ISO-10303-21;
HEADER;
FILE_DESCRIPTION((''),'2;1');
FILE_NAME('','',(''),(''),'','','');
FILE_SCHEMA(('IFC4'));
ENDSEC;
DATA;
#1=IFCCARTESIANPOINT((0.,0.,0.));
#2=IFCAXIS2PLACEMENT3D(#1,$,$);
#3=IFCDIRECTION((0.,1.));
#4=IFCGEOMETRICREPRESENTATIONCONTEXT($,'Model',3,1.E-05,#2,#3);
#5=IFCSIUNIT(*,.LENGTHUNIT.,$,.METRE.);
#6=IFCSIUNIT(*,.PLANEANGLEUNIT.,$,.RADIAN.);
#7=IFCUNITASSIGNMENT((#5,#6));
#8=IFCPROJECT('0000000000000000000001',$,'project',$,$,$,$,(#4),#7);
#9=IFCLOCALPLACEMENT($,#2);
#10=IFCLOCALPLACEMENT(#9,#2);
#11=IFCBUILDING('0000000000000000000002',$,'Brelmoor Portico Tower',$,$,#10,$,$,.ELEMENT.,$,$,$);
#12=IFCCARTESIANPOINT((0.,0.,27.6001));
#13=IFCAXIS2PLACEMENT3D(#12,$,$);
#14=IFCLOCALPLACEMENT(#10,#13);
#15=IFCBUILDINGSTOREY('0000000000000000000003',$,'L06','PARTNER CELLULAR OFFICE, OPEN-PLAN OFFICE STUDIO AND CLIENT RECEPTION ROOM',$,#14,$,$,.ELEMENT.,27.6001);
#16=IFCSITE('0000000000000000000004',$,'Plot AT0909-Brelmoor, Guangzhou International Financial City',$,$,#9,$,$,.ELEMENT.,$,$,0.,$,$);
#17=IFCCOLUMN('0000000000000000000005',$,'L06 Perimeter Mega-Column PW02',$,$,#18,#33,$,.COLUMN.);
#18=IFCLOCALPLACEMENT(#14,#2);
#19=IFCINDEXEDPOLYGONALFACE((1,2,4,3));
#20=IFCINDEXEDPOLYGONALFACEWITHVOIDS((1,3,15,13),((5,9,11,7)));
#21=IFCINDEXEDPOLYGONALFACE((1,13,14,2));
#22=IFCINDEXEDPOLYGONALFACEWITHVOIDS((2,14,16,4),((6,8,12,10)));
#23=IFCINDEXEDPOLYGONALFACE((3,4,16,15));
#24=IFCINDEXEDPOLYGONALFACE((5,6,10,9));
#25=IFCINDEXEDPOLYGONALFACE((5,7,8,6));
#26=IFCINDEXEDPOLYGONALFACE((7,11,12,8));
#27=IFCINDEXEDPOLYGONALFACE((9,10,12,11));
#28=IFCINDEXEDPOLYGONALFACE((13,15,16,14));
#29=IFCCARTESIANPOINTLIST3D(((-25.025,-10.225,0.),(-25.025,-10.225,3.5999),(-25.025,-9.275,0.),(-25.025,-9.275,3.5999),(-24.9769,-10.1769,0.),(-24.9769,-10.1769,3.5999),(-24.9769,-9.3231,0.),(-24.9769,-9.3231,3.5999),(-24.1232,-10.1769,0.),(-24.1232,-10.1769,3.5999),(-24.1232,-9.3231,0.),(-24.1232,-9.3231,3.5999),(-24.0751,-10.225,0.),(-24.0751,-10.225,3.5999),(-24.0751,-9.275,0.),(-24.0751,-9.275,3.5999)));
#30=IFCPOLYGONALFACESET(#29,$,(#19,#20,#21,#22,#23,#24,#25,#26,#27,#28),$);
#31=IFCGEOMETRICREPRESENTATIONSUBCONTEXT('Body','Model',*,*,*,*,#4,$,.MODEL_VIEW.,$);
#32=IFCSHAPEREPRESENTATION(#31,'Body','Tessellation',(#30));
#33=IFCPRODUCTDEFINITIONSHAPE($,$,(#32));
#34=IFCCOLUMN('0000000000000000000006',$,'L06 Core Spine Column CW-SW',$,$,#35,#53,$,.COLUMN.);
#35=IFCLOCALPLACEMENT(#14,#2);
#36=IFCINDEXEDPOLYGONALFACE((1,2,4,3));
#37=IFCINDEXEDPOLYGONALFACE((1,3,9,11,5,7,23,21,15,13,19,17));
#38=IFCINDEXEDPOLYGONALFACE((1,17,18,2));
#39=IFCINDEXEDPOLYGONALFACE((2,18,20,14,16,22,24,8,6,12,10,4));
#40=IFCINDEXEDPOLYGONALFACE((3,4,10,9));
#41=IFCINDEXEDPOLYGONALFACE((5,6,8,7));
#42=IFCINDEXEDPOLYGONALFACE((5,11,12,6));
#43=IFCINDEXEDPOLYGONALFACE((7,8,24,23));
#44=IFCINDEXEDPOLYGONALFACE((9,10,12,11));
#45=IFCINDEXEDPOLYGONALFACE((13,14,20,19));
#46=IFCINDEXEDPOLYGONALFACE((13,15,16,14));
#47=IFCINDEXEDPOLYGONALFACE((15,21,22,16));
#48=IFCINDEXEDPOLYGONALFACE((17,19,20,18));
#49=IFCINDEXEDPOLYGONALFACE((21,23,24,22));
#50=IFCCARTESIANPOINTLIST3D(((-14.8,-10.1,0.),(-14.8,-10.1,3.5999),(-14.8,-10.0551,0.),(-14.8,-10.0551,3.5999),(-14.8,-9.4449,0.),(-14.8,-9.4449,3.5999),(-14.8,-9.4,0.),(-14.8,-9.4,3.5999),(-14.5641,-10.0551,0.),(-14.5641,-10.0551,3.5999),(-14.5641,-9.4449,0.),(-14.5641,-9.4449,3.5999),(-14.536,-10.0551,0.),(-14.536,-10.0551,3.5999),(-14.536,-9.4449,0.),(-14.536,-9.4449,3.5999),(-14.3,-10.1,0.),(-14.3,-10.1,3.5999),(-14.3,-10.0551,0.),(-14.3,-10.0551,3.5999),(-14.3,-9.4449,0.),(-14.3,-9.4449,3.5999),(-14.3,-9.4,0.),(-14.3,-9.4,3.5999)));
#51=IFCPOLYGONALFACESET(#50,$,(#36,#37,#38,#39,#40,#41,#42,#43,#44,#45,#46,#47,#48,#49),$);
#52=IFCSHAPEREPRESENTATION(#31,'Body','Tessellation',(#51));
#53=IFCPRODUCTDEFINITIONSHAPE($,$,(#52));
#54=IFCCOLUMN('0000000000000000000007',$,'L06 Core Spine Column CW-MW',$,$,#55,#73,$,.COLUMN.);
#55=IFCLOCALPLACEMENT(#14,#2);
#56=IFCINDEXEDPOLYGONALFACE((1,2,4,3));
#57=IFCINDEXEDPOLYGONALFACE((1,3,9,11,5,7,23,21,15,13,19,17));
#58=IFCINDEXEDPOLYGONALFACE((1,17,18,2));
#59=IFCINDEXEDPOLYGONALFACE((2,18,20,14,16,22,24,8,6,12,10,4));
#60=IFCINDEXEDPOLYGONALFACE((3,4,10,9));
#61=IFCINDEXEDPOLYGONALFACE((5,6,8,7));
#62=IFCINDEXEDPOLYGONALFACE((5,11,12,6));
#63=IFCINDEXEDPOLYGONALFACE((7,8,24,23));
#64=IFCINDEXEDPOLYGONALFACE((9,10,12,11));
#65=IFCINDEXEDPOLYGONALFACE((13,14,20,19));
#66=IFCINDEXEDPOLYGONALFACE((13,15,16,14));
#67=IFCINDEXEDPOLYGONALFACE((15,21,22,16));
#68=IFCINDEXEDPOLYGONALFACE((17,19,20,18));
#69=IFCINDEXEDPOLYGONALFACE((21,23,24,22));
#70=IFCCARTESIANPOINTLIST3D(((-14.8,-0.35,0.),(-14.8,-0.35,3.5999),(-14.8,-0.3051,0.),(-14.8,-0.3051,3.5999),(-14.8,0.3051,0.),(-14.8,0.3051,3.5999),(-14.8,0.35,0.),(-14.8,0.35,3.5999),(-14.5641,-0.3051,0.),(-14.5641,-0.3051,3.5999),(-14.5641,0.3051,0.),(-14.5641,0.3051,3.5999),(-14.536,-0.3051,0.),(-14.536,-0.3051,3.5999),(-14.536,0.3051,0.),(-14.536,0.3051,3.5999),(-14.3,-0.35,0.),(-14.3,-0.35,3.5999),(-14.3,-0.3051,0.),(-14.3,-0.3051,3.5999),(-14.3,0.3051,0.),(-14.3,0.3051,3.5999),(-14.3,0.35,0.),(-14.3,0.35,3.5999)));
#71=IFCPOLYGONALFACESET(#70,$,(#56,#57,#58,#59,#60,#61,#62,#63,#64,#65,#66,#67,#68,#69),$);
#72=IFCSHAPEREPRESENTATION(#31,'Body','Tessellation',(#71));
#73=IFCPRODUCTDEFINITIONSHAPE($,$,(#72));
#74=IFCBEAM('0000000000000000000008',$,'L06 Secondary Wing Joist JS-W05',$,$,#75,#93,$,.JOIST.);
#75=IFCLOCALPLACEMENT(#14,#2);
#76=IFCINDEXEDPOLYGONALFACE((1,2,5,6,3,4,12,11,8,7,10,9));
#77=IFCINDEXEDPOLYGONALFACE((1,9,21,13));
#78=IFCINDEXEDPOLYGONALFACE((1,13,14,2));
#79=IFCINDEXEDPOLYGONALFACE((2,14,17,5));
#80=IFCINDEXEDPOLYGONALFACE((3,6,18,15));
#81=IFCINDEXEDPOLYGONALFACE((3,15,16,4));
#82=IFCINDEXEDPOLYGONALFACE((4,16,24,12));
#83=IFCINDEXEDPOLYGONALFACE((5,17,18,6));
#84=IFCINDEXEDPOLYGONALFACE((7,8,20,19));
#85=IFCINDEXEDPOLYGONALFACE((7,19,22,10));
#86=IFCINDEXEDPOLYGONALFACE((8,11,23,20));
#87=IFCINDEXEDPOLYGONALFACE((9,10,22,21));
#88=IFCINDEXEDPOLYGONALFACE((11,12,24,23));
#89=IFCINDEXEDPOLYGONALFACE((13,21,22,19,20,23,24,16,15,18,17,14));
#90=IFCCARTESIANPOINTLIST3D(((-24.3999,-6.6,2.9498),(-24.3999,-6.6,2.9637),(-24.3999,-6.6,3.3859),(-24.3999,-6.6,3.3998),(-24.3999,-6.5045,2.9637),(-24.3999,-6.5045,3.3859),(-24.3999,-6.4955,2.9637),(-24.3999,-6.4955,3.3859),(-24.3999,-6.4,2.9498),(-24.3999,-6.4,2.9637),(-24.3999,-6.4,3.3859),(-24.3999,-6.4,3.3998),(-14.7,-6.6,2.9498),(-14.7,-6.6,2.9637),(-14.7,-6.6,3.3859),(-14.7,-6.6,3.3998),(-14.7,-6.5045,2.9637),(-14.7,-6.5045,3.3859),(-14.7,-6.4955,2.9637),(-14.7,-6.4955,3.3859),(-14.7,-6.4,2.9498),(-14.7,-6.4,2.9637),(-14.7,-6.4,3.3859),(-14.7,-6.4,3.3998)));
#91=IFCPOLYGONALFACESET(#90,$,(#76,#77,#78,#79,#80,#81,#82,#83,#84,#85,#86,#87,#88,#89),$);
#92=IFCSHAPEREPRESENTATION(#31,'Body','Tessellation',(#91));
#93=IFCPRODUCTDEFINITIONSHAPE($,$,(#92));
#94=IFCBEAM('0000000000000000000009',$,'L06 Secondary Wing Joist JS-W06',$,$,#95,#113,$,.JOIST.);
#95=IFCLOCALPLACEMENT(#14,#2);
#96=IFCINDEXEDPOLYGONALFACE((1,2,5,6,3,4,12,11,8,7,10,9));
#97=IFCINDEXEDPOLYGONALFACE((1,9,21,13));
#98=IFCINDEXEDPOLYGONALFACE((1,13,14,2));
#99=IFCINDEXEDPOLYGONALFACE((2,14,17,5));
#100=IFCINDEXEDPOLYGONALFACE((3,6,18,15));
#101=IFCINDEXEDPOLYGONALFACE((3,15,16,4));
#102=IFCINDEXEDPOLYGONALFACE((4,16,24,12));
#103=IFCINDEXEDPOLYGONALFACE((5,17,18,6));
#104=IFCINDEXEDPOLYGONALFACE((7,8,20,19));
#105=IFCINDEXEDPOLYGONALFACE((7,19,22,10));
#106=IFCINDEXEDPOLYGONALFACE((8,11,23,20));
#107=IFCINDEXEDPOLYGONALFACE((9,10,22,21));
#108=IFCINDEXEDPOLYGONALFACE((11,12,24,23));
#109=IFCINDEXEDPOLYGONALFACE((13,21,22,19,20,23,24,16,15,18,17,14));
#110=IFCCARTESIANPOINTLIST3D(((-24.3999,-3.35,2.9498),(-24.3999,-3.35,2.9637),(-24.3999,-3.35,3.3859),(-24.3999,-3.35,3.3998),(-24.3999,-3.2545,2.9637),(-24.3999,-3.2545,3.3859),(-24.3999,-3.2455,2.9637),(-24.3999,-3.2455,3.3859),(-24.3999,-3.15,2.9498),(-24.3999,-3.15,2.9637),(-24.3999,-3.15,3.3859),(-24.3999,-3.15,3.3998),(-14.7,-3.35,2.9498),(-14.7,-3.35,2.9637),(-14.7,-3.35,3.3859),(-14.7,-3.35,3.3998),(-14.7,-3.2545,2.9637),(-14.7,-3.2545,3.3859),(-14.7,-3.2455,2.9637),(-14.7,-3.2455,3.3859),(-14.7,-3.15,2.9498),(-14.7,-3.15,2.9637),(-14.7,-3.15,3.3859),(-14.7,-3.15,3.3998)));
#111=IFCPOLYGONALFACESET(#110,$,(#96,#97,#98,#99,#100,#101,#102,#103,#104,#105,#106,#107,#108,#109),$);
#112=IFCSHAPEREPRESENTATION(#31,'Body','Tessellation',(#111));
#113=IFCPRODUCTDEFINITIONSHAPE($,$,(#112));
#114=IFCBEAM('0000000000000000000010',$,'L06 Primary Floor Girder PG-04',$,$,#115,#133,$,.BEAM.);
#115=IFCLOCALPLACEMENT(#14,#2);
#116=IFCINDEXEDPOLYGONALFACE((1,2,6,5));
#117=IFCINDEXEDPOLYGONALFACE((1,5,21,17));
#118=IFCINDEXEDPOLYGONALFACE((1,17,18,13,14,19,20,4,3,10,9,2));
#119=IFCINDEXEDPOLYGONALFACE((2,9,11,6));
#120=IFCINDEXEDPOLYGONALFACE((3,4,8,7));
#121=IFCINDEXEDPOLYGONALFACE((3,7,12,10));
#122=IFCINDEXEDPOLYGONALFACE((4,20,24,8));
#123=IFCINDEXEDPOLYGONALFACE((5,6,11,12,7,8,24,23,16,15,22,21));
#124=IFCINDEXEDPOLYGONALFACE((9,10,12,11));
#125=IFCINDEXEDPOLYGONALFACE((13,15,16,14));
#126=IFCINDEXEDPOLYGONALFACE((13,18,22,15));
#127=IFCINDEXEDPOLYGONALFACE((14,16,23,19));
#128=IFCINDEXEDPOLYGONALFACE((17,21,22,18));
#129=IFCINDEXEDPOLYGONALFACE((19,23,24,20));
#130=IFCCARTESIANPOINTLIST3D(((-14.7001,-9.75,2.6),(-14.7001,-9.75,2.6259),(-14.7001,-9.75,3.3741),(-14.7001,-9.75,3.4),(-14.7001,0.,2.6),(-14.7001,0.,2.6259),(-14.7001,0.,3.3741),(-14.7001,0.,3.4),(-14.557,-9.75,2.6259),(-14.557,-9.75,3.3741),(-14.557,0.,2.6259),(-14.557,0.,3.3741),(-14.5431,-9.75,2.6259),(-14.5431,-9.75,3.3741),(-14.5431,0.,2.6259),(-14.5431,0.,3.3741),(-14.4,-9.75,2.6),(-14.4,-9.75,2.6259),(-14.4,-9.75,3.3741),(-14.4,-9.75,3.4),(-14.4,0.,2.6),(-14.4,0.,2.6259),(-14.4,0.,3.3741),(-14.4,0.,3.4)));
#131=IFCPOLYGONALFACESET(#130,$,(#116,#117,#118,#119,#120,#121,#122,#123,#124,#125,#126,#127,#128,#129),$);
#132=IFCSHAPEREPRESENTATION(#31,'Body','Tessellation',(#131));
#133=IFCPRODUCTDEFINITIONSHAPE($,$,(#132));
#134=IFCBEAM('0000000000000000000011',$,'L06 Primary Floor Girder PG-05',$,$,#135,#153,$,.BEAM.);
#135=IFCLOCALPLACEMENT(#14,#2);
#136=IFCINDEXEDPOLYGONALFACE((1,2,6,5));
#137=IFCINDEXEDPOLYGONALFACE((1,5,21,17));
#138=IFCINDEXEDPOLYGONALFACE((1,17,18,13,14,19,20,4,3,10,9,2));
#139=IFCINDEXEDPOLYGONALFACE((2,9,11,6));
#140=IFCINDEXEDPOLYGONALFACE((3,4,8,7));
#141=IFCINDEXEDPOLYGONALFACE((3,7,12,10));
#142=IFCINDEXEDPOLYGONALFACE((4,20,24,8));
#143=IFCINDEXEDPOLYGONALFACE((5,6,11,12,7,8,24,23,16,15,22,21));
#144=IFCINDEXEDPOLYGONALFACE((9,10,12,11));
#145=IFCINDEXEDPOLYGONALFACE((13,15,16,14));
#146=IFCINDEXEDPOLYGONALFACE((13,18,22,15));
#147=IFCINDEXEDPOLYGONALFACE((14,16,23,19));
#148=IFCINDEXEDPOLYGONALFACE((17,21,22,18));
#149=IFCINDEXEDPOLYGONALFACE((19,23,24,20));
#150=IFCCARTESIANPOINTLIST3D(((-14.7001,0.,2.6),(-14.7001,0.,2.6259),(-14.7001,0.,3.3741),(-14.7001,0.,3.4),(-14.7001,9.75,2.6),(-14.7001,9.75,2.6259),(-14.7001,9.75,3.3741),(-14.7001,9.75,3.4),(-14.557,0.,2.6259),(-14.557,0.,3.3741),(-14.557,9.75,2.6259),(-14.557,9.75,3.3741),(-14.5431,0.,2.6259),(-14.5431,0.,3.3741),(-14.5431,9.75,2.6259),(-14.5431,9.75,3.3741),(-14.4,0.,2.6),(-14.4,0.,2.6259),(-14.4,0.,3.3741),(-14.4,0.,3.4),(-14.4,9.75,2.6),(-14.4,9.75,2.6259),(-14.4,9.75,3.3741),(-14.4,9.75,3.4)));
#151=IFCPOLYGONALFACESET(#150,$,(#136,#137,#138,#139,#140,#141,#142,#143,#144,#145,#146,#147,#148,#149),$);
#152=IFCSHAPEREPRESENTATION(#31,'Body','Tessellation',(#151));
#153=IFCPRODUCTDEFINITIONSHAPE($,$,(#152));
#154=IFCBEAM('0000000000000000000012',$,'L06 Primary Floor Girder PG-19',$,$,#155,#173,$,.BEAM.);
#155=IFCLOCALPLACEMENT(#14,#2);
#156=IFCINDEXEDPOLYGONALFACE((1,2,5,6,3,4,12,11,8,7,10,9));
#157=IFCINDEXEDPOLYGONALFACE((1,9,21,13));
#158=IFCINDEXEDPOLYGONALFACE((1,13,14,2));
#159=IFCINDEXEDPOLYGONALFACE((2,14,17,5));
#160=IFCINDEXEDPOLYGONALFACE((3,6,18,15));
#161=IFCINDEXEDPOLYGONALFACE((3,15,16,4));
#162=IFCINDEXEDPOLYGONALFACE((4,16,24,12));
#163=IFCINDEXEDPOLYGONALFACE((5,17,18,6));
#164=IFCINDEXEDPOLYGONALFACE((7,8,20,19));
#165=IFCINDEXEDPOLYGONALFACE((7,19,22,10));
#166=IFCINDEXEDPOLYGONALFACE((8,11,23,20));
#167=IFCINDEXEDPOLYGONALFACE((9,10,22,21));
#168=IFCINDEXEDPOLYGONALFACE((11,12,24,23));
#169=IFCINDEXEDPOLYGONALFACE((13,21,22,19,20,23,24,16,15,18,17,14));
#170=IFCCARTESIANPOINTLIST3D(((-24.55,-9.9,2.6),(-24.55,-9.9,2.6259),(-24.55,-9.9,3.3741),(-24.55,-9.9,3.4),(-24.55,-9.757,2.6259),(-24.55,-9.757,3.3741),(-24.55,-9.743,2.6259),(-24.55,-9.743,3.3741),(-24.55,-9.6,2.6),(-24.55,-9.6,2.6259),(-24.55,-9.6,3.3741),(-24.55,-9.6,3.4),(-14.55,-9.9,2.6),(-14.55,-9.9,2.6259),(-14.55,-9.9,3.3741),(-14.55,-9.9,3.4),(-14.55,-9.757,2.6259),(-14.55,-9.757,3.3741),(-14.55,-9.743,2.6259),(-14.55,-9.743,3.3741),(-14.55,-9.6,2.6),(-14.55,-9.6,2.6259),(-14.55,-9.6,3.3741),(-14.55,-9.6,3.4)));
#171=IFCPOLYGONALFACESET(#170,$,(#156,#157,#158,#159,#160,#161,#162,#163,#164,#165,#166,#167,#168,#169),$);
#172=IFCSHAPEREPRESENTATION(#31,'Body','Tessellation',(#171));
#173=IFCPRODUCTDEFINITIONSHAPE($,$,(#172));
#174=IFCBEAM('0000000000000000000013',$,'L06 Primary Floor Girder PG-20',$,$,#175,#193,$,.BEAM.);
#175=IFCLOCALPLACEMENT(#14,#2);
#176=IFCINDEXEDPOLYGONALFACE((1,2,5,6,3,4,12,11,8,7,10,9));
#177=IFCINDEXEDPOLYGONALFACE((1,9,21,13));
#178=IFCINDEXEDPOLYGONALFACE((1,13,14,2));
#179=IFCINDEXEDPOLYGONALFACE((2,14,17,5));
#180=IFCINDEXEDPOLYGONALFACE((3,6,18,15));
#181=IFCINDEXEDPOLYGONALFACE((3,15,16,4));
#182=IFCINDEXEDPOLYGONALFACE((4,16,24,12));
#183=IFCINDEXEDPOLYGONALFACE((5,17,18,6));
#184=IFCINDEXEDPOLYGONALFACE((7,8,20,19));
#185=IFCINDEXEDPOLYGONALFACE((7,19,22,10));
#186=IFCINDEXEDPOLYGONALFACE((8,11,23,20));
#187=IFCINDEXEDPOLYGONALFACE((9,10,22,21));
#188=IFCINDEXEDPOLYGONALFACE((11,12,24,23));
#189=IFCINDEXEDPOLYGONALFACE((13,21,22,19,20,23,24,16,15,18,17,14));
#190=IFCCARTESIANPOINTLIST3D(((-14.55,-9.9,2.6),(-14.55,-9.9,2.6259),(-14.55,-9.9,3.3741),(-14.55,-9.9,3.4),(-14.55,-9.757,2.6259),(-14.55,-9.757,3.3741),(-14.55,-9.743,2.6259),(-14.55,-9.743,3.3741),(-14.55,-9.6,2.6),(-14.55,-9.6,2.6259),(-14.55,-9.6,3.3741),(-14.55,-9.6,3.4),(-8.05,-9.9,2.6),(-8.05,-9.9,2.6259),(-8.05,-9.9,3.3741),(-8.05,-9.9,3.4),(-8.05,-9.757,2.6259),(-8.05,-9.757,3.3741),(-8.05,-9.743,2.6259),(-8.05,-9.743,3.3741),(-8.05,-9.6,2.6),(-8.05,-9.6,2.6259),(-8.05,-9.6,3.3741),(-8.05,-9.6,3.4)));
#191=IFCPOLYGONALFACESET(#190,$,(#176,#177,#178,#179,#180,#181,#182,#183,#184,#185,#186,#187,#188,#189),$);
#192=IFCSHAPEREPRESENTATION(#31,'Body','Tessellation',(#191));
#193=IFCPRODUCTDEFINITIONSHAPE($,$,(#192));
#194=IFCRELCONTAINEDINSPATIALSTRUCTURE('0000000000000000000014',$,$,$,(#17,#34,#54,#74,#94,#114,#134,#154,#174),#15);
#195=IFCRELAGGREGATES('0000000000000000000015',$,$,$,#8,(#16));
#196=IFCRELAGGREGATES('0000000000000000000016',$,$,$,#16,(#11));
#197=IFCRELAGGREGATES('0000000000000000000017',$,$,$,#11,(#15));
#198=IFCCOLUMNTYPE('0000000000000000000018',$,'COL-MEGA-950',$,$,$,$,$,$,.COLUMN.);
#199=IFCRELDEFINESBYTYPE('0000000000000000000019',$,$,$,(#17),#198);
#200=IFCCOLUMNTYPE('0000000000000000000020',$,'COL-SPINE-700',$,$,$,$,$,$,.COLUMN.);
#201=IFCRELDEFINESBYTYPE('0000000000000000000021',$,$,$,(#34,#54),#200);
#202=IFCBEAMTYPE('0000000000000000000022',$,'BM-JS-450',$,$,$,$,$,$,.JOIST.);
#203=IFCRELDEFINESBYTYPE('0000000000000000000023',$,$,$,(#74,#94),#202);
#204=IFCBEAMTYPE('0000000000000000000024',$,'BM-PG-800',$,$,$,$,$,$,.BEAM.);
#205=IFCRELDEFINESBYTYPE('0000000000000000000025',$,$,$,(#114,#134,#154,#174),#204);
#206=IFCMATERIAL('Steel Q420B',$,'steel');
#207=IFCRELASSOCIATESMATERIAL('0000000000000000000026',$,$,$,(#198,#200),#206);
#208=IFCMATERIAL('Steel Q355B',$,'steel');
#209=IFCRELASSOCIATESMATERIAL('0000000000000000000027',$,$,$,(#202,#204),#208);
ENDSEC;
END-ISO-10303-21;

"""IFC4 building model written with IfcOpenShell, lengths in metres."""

from ifc_helpers import new_model, si_unit, direction, frame, origin, origin_2d, place, context, subcontext, project, spatial, hollow_rectangle, i_section, extrude, material, material_profile, profile_set, type_object, element, save


model = new_model("IFC4")

# Units and contexts
model_context = context("Model", 3, precision=1e-05, world=origin(), true_north=direction((0.0, 1.0)))
body_context = subcontext(model_context, "Body", "Model", "MODEL_VIEW")
ifc_project = project(units=[si_unit("LENGTHUNIT", "METRE"), si_unit("PLANEANGLEUNIT", "RADIAN")], contexts=[model_context])

# Site, building, storey
site_placement = place(None, origin())
site = spatial("IfcSite", under=ifc_project, at=site_placement, Name="Plot AT0909-Brelmoor, Guangzhou International Financial City", CompositionType="ELEMENT", RefElevation=0.0)
building_placement = place(site_placement, origin())
building = spatial("IfcBuilding", under=site, at=building_placement, Name="Brelmoor Portico Tower", CompositionType="ELEMENT")
storey_placement = place(building_placement, frame((0.0, 0.0, 27.6001)))
storey = spatial("IfcBuildingStorey", under=building, at=storey_placement, Name="L06", Description="PARTNER CELLULAR OFFICE, OPEN-PLAN OFFICE STUDIO AND CLIENT RECEPTION ROOM", CompositionType="ELEMENT", Elevation=27.6001)

# Columns
ifc_material_1 = material(Name="Steel Q420B", Category="steel")
ifc_material_profile_1 = material_profile(ifc_material_1, hollow_rectangle(XDim=0.95, YDim=0.95, WallThickness=0.0481, at=origin_2d()), Name="BOX 950x950x48")
ifc_profile_set_1 = profile_set([ifc_material_profile_1], Name="Steel Q420B")
column_type_1 = type_object("IfcColumnType", Name="COL-MEGA-950", PredefinedType="COLUMN", material=ifc_profile_set_1)
column_placement = place(storey_placement, frame((-24.55, -9.75, 0.0), z_axis=(0.0, 0.0, 1.0), x_axis=(0.0, 1.0, 0.0)))
element("IfcColumn", 1, at=column_placement, inside=storey, type_object=column_type_1, Name="L06 Perimeter Mega-Column PW02", PredefinedType="COLUMN", context=body_context, shape_type="SweptSolid", body=[
    extrude(hollow_rectangle(XDim=0.95, YDim=0.95, WallThickness=0.0481, at=origin_2d()), origin(), (0.0, 0.0, 1.0), 3.5999),
])
ifc_material_profile_2 = material_profile(ifc_material_1, i_section(OverallWidth=0.5, OverallDepth=0.7, WebThickness=0.0281, FlangeThickness=0.0449, at=origin_2d()), Name="HW 700x500x28x45")
ifc_profile_set_2 = profile_set([ifc_material_profile_2], Name="Steel Q420B")
column_type_2 = type_object("IfcColumnType", Name="COL-SPINE-700", PredefinedType="COLUMN", material=ifc_profile_set_2)
for number, where, z_axis, x_axis, name in (
    (2, (-14.55, -9.75, 0.0), (0.0, 0.0, 1.0), (1.0, 0.0, 0.0), "L06 Core Spine Column CW-SW"),
    (3, (-14.55, 0.0, 0.0), (0.0, 0.0, 1.0), (1.0, 0.0, 0.0), "L06 Core Spine Column CW-MW"),
):
    element("IfcColumn", number, at=place(storey_placement, frame(where, z_axis=z_axis, x_axis=x_axis)), inside=storey, type_object=column_type_2, Name=name, PredefinedType="COLUMN", context=body_context, shape_type="SweptSolid", body=[
        extrude(i_section(OverallWidth=0.5, OverallDepth=0.7, WebThickness=0.0281, FlangeThickness=0.0449, at=origin_2d()), origin(), (0.0, 0.0, 1.0), 3.5999),
    ])

# Beams
ifc_material_2 = material(Name="Steel Q355B", Category="steel")
ifc_material_profile_3 = material_profile(ifc_material_2, i_section(OverallWidth=0.2, OverallDepth=0.45, WebThickness=0.009, FlangeThickness=0.0139, at=origin_2d()), Name="HN 450x200x9x14")
ifc_profile_set_3 = profile_set([ifc_material_profile_3], Name="Steel Q355B")
beam_type_1 = type_object("IfcBeamType", Name="BM-JS-450", PredefinedType="JOIST", material=ifc_profile_set_3)
for number, where, z_axis, x_axis, name in (
    (4, (-24.3999, -6.5, 3.1748), (1.0, 0.0, 0.0), (0.0, 1.0, 0.0), "L06 Secondary Wing Joist JS-W05"),
    (5, (-24.3999, -3.25, 3.1748), (1.0, 0.0, 0.0), (0.0, 1.0, 0.0), "L06 Secondary Wing Joist JS-W06"),
):
    element("IfcBeam", number, at=place(storey_placement, frame(where, z_axis=z_axis, x_axis=x_axis)), inside=storey, type_object=beam_type_1, Name=name, PredefinedType="JOIST", context=body_context, shape_type="SweptSolid", body=[
        extrude(i_section(OverallWidth=0.2, OverallDepth=0.45, WebThickness=0.009, FlangeThickness=0.0139, at=origin_2d()), origin(), (0.0, 0.0, 1.0), 9.7),
    ])
ifc_material_profile_4 = material_profile(ifc_material_2, i_section(OverallWidth=0.3, OverallDepth=0.8, WebThickness=0.0139, FlangeThickness=0.0259, at=origin_2d()), Name="HN 800x300x14x26")
ifc_profile_set_4 = profile_set([ifc_material_profile_4], Name="Steel Q355B")
beam_type_2 = type_object("IfcBeamType", Name="BM-PG-800", PredefinedType="BEAM", material=ifc_profile_set_4)
for number, where, z_axis, x_axis, name in (
    (6, (-14.55, -9.75, 3.0), (0.0, 1.0, 0.0), (-1.0, 0.0, 0.0), "L06 Primary Floor Girder PG-04"),
    (7, (-14.55, 0.0, 3.0), (0.0, 1.0, 0.0), (-1.0, 0.0, 0.0), "L06 Primary Floor Girder PG-05"),
):
    element("IfcBeam", number, at=place(storey_placement, frame(where, z_axis=z_axis, x_axis=x_axis)), inside=storey, type_object=beam_type_2, Name=name, PredefinedType="BEAM", context=body_context, shape_type="SweptSolid", body=[
        extrude(i_section(OverallWidth=0.3, OverallDepth=0.8, WebThickness=0.0139, FlangeThickness=0.0259, at=origin_2d()), origin(), (0.0, 0.0, 1.0), 9.75),
    ])
beam_1_placement = place(storey_placement, frame((-24.55, -9.75, 3.0), z_axis=(1.0, 0.0, 0.0), x_axis=(0.0, 1.0, 0.0)))
element("IfcBeam", 8, at=beam_1_placement, inside=storey, type_object=beam_type_2, Name="L06 Primary Floor Girder PG-19", PredefinedType="BEAM", context=body_context, shape_type="SweptSolid", body=[
    extrude(i_section(OverallWidth=0.3, OverallDepth=0.8, WebThickness=0.0139, FlangeThickness=0.0259, at=origin_2d()), origin(), (0.0, 0.0, 1.0), 10.0),
])
beam_2_placement = place(storey_placement, frame((-14.55, -9.75, 3.0), z_axis=(1.0, 0.0, 0.0), x_axis=(0.0, 1.0, 0.0)))
element("IfcBeam", 9, at=beam_2_placement, inside=storey, type_object=beam_type_2, Name="L06 Primary Floor Girder PG-20", PredefinedType="BEAM", context=body_context, shape_type="SweptSolid", body=[
    extrude(i_section(OverallWidth=0.3, OverallDepth=0.8, WebThickness=0.0139, FlangeThickness=0.0259, at=origin_2d()), origin(), (0.0, 0.0, 1.0), 6.5),
])

save(model, "model.ifc")
